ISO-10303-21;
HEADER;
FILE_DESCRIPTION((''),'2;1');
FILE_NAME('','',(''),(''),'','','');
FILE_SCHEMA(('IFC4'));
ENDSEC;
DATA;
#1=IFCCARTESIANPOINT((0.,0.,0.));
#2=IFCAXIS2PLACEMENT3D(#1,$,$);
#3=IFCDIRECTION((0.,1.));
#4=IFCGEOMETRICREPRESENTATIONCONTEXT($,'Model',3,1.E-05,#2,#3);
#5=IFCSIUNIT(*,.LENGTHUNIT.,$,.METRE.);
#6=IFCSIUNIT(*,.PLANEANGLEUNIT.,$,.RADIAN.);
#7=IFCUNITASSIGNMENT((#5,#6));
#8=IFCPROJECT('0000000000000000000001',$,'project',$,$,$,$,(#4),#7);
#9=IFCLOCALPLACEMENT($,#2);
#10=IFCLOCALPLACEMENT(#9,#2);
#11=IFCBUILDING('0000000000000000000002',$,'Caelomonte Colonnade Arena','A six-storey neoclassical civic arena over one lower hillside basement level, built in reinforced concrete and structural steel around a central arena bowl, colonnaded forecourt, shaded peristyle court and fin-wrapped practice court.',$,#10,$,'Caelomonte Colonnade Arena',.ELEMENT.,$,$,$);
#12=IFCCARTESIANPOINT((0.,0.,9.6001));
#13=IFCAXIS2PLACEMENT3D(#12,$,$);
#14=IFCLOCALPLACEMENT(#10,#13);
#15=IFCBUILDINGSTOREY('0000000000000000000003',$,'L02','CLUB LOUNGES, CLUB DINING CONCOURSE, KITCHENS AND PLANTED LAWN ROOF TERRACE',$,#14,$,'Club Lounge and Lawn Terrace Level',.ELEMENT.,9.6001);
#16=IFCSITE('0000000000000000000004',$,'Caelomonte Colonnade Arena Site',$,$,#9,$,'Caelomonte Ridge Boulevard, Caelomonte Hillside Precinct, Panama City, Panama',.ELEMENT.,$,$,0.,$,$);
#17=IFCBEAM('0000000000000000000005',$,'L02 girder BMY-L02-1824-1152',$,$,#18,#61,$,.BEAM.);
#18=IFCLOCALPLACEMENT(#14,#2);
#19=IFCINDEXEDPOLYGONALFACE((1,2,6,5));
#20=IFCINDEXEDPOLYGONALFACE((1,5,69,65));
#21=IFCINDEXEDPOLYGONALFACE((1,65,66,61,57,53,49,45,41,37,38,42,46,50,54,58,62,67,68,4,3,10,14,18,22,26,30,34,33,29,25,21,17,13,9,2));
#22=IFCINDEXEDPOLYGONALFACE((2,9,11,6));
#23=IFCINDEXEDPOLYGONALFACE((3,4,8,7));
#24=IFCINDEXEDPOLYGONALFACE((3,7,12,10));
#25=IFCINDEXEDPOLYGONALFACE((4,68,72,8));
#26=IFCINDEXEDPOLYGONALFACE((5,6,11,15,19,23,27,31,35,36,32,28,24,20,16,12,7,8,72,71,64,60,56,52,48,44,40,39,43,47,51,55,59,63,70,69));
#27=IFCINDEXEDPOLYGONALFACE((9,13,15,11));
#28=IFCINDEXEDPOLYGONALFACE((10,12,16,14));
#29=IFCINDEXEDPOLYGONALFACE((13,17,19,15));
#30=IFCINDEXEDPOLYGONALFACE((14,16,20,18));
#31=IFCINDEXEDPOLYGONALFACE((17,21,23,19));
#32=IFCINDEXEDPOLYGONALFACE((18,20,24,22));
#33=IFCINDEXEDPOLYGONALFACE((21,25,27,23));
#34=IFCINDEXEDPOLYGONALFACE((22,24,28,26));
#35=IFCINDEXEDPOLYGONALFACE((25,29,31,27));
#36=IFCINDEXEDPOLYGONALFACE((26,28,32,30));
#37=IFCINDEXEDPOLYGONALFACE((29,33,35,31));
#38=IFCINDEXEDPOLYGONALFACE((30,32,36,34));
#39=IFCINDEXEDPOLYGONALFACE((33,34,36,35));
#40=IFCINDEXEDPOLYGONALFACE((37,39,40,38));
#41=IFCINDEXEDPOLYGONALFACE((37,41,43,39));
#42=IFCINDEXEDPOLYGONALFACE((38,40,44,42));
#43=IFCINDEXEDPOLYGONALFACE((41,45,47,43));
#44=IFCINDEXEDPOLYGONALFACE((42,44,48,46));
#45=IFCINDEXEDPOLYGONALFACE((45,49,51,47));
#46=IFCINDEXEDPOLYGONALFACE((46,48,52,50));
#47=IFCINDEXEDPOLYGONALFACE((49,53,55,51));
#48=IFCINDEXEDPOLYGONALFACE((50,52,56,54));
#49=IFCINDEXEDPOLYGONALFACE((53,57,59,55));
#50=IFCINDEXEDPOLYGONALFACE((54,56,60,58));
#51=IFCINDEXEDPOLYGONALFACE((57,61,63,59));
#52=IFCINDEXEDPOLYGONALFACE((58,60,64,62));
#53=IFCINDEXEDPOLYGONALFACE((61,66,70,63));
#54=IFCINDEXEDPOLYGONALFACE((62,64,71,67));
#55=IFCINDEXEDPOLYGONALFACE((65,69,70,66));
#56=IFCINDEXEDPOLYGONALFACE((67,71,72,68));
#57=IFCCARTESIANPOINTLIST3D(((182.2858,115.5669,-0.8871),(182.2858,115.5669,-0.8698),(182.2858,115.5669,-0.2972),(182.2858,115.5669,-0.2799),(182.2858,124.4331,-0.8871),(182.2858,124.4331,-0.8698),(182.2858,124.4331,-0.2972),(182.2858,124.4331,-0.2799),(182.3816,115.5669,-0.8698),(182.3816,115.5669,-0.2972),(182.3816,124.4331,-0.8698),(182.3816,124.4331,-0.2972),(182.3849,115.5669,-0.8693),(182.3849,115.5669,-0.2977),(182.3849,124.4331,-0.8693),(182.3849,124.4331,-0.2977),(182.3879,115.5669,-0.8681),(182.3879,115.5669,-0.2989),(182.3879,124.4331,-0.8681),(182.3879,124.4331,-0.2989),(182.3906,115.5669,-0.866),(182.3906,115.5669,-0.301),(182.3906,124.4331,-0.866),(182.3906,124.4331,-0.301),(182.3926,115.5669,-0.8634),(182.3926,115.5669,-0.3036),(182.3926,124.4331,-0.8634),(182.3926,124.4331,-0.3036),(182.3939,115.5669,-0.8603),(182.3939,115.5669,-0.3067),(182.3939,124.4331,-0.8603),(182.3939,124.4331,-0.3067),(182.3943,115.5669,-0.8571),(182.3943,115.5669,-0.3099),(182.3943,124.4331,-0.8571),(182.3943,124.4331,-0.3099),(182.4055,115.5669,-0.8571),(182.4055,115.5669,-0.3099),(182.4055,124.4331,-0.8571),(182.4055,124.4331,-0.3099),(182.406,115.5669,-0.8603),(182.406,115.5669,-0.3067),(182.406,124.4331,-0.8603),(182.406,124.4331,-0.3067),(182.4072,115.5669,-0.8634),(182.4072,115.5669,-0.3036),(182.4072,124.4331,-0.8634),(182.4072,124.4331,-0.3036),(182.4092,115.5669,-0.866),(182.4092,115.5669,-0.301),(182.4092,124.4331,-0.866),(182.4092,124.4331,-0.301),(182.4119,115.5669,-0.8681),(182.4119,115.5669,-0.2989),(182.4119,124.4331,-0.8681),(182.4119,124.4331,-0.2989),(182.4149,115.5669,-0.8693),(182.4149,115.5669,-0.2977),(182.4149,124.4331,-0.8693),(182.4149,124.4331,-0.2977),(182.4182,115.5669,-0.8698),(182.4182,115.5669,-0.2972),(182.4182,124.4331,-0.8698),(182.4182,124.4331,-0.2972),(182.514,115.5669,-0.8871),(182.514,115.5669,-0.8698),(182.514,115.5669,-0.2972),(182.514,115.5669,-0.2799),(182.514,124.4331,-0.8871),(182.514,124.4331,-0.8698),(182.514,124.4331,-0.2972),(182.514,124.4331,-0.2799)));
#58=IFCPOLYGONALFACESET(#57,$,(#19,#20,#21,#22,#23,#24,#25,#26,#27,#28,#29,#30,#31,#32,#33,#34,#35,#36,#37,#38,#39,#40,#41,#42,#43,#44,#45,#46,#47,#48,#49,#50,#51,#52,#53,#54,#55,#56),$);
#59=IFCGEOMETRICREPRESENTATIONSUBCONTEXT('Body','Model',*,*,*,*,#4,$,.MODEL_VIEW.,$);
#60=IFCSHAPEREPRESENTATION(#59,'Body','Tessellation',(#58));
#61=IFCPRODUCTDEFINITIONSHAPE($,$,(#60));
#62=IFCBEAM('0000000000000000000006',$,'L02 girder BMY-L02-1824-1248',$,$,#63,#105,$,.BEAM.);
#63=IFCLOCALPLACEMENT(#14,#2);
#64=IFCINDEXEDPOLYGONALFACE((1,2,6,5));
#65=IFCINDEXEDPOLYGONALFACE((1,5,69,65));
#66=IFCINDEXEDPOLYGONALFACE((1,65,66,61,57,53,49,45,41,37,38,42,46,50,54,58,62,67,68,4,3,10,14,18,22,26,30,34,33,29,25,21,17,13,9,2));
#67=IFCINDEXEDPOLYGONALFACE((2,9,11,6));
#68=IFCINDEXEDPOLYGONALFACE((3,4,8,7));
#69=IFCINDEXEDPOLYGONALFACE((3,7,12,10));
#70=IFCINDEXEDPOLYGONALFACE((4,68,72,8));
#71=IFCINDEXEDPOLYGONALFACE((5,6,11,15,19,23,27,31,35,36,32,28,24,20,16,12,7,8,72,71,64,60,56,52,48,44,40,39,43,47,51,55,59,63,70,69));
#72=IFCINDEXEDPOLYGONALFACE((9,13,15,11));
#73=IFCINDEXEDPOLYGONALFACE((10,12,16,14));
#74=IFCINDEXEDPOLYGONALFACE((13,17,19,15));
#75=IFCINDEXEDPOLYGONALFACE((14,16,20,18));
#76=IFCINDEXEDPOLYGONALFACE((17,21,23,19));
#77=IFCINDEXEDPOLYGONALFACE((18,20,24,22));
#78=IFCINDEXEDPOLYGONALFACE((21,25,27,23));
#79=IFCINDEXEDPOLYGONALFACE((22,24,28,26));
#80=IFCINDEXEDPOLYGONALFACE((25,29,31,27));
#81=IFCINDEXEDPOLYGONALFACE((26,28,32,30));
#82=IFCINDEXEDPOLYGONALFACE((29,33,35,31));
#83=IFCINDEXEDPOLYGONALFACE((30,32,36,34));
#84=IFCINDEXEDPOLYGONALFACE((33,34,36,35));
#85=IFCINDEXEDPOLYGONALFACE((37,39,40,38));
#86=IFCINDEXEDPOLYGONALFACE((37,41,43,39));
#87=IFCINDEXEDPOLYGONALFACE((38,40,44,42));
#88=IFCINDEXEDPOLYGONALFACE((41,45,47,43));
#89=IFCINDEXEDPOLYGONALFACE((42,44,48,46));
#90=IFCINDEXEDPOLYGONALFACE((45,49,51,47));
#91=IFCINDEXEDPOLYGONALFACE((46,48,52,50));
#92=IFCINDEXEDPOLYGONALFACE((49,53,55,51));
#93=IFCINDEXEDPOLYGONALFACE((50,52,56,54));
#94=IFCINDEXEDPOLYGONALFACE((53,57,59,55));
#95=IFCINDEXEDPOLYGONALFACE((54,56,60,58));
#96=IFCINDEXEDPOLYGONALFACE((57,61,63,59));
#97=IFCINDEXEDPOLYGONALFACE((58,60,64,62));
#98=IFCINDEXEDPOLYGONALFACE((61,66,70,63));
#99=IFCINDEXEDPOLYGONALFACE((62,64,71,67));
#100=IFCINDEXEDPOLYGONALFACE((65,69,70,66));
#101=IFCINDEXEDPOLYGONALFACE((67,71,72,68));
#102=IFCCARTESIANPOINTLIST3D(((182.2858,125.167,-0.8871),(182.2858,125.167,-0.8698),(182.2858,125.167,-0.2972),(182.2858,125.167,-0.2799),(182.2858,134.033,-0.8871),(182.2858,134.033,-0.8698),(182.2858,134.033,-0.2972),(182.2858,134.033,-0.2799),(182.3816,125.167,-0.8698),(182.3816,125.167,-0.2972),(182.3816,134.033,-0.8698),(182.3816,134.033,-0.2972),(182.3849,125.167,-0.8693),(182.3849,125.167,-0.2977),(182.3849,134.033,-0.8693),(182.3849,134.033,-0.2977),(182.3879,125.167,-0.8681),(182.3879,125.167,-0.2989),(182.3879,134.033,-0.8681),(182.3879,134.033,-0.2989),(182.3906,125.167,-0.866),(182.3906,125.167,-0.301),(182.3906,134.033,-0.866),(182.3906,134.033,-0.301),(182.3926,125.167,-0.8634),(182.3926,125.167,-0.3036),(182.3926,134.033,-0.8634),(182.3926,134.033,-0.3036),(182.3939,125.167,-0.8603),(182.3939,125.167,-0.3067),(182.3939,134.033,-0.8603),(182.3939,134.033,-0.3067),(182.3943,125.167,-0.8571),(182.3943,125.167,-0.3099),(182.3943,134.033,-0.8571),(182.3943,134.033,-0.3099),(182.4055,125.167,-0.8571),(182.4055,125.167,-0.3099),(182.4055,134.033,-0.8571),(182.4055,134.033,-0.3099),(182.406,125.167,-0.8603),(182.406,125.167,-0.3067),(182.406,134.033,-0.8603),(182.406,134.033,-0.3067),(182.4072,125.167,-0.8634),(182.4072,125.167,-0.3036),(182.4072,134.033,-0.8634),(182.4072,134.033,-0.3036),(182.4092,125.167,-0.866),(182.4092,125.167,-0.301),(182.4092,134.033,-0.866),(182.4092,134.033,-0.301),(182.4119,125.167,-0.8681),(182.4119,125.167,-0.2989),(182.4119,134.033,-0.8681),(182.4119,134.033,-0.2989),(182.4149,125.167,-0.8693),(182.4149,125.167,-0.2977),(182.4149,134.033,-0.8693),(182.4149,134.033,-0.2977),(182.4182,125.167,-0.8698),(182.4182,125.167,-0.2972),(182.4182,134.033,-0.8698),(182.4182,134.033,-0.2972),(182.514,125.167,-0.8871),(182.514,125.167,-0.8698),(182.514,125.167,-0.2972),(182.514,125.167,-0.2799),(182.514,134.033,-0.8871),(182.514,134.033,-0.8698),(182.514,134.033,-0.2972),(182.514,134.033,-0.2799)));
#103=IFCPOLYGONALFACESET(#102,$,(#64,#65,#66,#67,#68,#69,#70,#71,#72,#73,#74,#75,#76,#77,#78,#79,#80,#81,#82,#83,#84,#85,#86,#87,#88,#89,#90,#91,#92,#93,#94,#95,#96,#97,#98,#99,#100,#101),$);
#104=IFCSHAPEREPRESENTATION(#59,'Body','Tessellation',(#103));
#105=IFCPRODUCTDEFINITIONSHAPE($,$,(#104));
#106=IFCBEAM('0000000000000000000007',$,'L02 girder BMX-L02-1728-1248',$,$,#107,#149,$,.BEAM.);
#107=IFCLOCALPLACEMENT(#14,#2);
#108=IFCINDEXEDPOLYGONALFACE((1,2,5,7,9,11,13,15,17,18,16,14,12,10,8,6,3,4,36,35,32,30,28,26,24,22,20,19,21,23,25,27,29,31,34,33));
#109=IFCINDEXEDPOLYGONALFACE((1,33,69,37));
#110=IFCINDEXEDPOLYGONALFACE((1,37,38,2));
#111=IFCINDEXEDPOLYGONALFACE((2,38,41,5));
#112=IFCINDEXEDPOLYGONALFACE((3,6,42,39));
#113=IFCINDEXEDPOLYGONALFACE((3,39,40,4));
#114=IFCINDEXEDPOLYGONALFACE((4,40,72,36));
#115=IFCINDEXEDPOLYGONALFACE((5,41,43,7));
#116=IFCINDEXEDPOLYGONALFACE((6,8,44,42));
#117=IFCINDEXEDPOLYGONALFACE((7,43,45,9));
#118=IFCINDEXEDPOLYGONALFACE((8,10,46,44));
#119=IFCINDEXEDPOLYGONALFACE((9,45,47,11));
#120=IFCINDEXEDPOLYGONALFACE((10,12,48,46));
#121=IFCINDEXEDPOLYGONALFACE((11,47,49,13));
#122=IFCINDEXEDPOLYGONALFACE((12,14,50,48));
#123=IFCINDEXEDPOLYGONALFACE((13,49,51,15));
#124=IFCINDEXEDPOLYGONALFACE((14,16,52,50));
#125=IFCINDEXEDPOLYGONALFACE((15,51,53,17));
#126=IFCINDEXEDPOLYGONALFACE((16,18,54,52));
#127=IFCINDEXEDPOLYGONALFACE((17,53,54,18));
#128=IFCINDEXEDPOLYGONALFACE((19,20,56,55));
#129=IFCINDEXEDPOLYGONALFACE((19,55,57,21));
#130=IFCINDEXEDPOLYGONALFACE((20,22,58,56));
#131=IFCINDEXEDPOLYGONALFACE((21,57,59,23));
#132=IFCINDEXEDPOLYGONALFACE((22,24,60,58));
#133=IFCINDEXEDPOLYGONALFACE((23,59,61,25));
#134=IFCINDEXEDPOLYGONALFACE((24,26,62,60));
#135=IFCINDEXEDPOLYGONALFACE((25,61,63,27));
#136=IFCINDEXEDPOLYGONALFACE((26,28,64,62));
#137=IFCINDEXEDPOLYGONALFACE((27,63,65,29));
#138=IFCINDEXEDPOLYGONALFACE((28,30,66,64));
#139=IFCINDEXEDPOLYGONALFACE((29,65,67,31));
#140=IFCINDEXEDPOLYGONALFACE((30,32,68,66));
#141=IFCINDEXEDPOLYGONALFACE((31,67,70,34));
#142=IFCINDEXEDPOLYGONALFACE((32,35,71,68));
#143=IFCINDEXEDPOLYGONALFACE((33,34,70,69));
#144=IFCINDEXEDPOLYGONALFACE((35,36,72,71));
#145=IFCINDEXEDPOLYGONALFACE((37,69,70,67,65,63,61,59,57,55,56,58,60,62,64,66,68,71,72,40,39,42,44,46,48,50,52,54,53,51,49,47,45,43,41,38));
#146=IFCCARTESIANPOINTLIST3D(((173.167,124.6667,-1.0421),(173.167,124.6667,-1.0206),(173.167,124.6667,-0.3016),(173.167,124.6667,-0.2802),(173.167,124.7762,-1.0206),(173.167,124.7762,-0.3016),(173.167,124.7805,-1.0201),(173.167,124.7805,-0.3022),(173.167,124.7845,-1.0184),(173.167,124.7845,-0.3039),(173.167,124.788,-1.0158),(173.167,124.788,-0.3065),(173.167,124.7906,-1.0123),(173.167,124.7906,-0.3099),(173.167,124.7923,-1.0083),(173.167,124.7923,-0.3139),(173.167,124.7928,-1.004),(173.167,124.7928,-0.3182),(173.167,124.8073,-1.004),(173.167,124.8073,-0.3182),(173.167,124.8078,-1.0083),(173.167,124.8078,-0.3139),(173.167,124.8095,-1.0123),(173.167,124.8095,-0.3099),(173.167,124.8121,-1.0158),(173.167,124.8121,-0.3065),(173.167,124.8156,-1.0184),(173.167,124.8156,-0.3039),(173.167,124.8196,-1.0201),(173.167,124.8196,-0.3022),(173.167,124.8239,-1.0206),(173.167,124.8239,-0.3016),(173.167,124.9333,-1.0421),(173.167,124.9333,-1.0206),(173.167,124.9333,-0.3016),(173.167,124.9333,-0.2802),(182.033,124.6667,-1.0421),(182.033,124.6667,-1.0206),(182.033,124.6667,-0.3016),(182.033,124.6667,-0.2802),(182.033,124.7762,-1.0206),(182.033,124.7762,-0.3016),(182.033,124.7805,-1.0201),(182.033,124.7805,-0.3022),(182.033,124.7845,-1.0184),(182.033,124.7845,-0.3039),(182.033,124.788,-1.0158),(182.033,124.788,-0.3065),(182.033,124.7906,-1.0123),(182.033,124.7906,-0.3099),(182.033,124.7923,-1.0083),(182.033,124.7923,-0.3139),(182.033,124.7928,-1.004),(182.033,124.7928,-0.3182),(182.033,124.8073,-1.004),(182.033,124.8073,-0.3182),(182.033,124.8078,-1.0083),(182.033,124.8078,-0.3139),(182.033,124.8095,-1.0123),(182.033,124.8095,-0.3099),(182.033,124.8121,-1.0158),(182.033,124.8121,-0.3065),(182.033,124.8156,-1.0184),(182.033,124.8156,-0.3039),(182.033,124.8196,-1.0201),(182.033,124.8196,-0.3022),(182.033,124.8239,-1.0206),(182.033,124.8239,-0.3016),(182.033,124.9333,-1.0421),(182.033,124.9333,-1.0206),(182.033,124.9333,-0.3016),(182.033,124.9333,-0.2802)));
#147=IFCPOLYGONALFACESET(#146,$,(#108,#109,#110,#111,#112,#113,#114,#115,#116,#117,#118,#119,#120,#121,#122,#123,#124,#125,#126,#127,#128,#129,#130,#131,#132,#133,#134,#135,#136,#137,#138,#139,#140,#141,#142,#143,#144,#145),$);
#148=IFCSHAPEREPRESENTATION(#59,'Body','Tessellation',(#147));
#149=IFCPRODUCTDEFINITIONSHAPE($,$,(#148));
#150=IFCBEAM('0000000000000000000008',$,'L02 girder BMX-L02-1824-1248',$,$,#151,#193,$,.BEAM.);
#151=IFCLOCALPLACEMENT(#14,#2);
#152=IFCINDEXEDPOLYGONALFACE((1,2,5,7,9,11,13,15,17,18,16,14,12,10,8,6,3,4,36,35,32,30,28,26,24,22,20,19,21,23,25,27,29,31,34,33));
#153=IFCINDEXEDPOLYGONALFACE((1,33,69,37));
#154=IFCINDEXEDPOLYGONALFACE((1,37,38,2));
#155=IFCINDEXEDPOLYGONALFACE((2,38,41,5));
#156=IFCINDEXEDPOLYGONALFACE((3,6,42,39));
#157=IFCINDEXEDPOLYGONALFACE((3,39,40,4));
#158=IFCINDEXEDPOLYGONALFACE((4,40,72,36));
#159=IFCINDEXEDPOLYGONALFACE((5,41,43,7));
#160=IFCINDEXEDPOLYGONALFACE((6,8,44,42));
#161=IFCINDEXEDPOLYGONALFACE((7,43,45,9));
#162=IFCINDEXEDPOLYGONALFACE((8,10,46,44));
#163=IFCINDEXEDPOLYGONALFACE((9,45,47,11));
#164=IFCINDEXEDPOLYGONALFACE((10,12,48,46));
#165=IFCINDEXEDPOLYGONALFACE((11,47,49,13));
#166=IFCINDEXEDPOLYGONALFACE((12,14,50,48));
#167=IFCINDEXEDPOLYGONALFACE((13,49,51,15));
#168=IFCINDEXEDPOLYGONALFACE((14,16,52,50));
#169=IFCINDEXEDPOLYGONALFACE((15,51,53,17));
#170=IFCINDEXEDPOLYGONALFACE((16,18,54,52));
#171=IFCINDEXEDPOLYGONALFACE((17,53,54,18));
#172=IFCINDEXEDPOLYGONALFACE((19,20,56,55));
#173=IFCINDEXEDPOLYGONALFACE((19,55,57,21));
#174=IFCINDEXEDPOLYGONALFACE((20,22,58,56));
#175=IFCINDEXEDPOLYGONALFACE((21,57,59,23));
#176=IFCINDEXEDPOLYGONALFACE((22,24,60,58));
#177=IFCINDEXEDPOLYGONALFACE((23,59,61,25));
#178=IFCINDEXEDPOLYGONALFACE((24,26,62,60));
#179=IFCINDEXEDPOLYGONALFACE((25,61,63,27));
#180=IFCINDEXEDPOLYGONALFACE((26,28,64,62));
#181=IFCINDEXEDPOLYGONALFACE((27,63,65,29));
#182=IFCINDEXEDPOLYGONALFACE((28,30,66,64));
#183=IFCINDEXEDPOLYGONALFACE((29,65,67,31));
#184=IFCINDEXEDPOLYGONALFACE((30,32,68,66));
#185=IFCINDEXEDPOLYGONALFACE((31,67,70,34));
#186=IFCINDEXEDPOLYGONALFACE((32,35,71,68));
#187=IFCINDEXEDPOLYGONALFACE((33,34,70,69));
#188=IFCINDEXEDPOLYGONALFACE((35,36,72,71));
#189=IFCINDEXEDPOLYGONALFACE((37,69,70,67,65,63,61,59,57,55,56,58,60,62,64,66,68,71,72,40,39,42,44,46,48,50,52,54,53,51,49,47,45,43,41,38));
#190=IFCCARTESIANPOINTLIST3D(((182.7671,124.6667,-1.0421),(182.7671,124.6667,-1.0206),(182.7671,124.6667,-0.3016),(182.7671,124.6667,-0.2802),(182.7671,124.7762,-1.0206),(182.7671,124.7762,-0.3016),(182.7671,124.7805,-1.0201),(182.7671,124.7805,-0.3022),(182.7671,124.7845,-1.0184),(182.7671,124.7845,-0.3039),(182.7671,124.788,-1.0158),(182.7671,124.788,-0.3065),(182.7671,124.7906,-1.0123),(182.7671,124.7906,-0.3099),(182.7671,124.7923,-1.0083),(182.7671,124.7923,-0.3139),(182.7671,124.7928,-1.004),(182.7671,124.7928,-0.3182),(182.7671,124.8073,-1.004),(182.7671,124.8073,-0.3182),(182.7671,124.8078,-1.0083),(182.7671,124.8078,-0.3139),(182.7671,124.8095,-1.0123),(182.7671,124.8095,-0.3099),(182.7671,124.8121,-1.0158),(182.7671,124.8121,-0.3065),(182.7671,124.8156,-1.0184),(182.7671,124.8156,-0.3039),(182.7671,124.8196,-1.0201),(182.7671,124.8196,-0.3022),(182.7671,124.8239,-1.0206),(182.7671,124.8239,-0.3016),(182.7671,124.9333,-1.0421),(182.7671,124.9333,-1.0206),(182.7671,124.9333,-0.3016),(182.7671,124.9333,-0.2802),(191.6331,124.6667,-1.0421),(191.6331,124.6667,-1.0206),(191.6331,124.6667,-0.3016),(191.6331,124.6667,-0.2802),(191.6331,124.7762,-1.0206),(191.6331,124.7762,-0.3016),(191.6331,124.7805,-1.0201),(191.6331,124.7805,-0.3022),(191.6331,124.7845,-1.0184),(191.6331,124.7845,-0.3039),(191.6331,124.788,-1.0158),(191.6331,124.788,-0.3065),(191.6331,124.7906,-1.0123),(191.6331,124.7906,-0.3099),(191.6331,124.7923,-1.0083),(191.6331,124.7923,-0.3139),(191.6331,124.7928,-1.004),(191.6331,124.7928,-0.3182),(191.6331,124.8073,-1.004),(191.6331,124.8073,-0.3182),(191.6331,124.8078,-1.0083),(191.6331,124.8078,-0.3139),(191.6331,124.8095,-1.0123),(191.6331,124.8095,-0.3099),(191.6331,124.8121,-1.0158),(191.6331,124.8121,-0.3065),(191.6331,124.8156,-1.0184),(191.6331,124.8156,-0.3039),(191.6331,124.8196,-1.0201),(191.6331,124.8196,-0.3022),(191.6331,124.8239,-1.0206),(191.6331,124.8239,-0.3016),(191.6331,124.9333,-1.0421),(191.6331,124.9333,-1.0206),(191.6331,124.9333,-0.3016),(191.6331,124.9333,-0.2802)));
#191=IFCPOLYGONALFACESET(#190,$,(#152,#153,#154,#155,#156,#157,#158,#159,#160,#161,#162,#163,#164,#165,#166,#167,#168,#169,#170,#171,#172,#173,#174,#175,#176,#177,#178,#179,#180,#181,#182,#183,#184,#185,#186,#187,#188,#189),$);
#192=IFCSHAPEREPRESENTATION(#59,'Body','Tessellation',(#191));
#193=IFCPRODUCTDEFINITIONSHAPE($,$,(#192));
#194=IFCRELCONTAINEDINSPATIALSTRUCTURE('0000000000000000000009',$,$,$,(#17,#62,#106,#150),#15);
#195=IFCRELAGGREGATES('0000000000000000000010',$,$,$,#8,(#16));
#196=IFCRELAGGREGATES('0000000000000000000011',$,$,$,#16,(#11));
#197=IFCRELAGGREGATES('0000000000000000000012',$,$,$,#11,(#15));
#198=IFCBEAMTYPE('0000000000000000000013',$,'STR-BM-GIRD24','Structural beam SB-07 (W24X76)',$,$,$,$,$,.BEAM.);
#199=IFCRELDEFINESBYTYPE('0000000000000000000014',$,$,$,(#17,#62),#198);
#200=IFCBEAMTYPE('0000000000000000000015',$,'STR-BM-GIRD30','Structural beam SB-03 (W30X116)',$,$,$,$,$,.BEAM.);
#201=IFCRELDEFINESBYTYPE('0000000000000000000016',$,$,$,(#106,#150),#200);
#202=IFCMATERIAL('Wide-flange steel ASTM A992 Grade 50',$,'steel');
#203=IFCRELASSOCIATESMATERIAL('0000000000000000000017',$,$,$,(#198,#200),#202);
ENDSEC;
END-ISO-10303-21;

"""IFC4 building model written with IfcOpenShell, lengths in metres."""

from ifc_helpers import new_model, si_unit, direction, frame, origin, origin_2d, place, context, subcontext, project, spatial, i_section, extrude, material, material_profile, profile_set, type_object, element, save


model = new_model("IFC4")

# Units and contexts
model_context = context("Model", 3, precision=1e-05, world=origin(), true_north=direction((0.0, 1.0)))
body_context = subcontext(model_context, "Body", "Model", "MODEL_VIEW")
ifc_project = project(units=[si_unit("LENGTHUNIT", "METRE"), si_unit("PLANEANGLEUNIT", "RADIAN")], contexts=[model_context])

# Site, building, storey
site_placement = place(None, origin())
site = spatial("IfcSite", under=ifc_project, at=site_placement, Name="Caelomonte Colonnade Arena Site", LongName="Caelomonte Ridge Boulevard, Caelomonte Hillside Precinct, Panama City, Panama", CompositionType="ELEMENT", RefElevation=0.0)
building_placement = place(site_placement, origin())
building = spatial("IfcBuilding", under=site, at=building_placement, Name="Caelomonte Colonnade Arena", Description="A six-storey neoclassical civic arena over one lower hillside basement level, built in reinforced concrete and structural steel around a central arena bowl, colonnaded forecourt, shaded peristyle court and fin-wrapped practice court.", LongName="Caelomonte Colonnade Arena", CompositionType="ELEMENT")
storey_placement = place(building_placement, frame((0.0, 0.0, 9.6001)))
storey = spatial("IfcBuildingStorey", under=building, at=storey_placement, Name="L02", Description="CLUB LOUNGES, CLUB DINING CONCOURSE, KITCHENS AND PLANTED LAWN ROOF TERRACE", LongName="Club Lounge and Lawn Terrace Level", CompositionType="ELEMENT", Elevation=9.6001)

# Beams
ifc_material_1 = material(Name="Wide-flange steel ASTM A992 Grade 50", Category="steel")
ifc_material_profile_1 = material_profile(ifc_material_1, i_section(OverallWidth=0.2283, OverallDepth=0.6072, WebThickness=0.0112, FlangeThickness=0.0173, FilletRadius=0.0127, at=origin_2d()), Name="W24X76")
ifc_profile_set_1 = profile_set([ifc_material_profile_1], Name="Wide-flange steel ASTM A992 Grade 50")
beam_type_1 = type_object("IfcBeamType", Name="STR-BM-GIRD24", Description="Structural beam SB-07 (W24X76)", PredefinedType="BEAM", material=ifc_profile_set_1)
beam_1_placement = place(storey_placement, frame((182.3999, 115.5669, -0.5835), z_axis=(0.0, 1.0, 0.0), x_axis=(-1.0, 0.0, 0.0)))
element("IfcBeam", 1, at=beam_1_placement, inside=storey, type_object=beam_type_1, Name="L02 girder BMY-L02-1824-1152", PredefinedType="BEAM", context=body_context, shape_type="SweptSolid", body=[
    extrude(i_section(OverallWidth=0.2283, OverallDepth=0.6072, WebThickness=0.0112, FlangeThickness=0.0173, FilletRadius=0.0127, at=origin_2d()), origin(), (0.0, 0.0, 1.0), 8.8662),
])
beam_2_placement = place(storey_placement, frame((182.3999, 125.167, -0.5835), z_axis=(0.0, 1.0, 0.0), x_axis=(-1.0, 0.0, 0.0)))
element("IfcBeam", 2, at=beam_2_placement, inside=storey, type_object=beam_type_1, Name="L02 girder BMY-L02-1824-1248", PredefinedType="BEAM", context=body_context, shape_type="SweptSolid", body=[
    extrude(i_section(OverallWidth=0.2283, OverallDepth=0.6072, WebThickness=0.0112, FlangeThickness=0.0173, FilletRadius=0.0127, at=origin_2d()), origin(), (0.0, 0.0, 1.0), 8.866),
])
ifc_material_profile_2 = material_profile(ifc_material_1, i_section(OverallWidth=0.2666, OverallDepth=0.762, WebThickness=0.0144, FlangeThickness=0.0215, FilletRadius=0.0166, at=origin_2d()), Name="W30X116")
ifc_profile_set_2 = profile_set([ifc_material_profile_2], Name="Wide-flange steel ASTM A992 Grade 50")
beam_type_2 = type_object("IfcBeamType", Name="STR-BM-GIRD30", Description="Structural beam SB-03 (W30X116)", PredefinedType="BEAM", material=ifc_profile_set_2)
for number, where, z_axis, x_axis, name in (
    (3, (173.167, 124.8, -0.6611), (1.0, 0.0, 0.0), (0.0, 1.0, 0.0), "L02 girder BMX-L02-1728-1248"),
    (4, (182.7671, 124.8, -0.6611), (1.0, 0.0, 0.0), (0.0, 1.0, 0.0), "L02 girder BMX-L02-1824-1248"),
):
    element("IfcBeam", number, at=place(storey_placement, frame(where, z_axis=z_axis, x_axis=x_axis)), inside=storey, type_object=beam_type_2, Name=name, PredefinedType="BEAM", context=body_context, shape_type="SweptSolid", body=[
        extrude(i_section(OverallWidth=0.2666, OverallDepth=0.762, WebThickness=0.0144, FlangeThickness=0.0215, FilletRadius=0.0166, at=origin_2d()), origin(), (0.0, 0.0, 1.0), 8.866),
    ])

save(model, "model.ifc")
